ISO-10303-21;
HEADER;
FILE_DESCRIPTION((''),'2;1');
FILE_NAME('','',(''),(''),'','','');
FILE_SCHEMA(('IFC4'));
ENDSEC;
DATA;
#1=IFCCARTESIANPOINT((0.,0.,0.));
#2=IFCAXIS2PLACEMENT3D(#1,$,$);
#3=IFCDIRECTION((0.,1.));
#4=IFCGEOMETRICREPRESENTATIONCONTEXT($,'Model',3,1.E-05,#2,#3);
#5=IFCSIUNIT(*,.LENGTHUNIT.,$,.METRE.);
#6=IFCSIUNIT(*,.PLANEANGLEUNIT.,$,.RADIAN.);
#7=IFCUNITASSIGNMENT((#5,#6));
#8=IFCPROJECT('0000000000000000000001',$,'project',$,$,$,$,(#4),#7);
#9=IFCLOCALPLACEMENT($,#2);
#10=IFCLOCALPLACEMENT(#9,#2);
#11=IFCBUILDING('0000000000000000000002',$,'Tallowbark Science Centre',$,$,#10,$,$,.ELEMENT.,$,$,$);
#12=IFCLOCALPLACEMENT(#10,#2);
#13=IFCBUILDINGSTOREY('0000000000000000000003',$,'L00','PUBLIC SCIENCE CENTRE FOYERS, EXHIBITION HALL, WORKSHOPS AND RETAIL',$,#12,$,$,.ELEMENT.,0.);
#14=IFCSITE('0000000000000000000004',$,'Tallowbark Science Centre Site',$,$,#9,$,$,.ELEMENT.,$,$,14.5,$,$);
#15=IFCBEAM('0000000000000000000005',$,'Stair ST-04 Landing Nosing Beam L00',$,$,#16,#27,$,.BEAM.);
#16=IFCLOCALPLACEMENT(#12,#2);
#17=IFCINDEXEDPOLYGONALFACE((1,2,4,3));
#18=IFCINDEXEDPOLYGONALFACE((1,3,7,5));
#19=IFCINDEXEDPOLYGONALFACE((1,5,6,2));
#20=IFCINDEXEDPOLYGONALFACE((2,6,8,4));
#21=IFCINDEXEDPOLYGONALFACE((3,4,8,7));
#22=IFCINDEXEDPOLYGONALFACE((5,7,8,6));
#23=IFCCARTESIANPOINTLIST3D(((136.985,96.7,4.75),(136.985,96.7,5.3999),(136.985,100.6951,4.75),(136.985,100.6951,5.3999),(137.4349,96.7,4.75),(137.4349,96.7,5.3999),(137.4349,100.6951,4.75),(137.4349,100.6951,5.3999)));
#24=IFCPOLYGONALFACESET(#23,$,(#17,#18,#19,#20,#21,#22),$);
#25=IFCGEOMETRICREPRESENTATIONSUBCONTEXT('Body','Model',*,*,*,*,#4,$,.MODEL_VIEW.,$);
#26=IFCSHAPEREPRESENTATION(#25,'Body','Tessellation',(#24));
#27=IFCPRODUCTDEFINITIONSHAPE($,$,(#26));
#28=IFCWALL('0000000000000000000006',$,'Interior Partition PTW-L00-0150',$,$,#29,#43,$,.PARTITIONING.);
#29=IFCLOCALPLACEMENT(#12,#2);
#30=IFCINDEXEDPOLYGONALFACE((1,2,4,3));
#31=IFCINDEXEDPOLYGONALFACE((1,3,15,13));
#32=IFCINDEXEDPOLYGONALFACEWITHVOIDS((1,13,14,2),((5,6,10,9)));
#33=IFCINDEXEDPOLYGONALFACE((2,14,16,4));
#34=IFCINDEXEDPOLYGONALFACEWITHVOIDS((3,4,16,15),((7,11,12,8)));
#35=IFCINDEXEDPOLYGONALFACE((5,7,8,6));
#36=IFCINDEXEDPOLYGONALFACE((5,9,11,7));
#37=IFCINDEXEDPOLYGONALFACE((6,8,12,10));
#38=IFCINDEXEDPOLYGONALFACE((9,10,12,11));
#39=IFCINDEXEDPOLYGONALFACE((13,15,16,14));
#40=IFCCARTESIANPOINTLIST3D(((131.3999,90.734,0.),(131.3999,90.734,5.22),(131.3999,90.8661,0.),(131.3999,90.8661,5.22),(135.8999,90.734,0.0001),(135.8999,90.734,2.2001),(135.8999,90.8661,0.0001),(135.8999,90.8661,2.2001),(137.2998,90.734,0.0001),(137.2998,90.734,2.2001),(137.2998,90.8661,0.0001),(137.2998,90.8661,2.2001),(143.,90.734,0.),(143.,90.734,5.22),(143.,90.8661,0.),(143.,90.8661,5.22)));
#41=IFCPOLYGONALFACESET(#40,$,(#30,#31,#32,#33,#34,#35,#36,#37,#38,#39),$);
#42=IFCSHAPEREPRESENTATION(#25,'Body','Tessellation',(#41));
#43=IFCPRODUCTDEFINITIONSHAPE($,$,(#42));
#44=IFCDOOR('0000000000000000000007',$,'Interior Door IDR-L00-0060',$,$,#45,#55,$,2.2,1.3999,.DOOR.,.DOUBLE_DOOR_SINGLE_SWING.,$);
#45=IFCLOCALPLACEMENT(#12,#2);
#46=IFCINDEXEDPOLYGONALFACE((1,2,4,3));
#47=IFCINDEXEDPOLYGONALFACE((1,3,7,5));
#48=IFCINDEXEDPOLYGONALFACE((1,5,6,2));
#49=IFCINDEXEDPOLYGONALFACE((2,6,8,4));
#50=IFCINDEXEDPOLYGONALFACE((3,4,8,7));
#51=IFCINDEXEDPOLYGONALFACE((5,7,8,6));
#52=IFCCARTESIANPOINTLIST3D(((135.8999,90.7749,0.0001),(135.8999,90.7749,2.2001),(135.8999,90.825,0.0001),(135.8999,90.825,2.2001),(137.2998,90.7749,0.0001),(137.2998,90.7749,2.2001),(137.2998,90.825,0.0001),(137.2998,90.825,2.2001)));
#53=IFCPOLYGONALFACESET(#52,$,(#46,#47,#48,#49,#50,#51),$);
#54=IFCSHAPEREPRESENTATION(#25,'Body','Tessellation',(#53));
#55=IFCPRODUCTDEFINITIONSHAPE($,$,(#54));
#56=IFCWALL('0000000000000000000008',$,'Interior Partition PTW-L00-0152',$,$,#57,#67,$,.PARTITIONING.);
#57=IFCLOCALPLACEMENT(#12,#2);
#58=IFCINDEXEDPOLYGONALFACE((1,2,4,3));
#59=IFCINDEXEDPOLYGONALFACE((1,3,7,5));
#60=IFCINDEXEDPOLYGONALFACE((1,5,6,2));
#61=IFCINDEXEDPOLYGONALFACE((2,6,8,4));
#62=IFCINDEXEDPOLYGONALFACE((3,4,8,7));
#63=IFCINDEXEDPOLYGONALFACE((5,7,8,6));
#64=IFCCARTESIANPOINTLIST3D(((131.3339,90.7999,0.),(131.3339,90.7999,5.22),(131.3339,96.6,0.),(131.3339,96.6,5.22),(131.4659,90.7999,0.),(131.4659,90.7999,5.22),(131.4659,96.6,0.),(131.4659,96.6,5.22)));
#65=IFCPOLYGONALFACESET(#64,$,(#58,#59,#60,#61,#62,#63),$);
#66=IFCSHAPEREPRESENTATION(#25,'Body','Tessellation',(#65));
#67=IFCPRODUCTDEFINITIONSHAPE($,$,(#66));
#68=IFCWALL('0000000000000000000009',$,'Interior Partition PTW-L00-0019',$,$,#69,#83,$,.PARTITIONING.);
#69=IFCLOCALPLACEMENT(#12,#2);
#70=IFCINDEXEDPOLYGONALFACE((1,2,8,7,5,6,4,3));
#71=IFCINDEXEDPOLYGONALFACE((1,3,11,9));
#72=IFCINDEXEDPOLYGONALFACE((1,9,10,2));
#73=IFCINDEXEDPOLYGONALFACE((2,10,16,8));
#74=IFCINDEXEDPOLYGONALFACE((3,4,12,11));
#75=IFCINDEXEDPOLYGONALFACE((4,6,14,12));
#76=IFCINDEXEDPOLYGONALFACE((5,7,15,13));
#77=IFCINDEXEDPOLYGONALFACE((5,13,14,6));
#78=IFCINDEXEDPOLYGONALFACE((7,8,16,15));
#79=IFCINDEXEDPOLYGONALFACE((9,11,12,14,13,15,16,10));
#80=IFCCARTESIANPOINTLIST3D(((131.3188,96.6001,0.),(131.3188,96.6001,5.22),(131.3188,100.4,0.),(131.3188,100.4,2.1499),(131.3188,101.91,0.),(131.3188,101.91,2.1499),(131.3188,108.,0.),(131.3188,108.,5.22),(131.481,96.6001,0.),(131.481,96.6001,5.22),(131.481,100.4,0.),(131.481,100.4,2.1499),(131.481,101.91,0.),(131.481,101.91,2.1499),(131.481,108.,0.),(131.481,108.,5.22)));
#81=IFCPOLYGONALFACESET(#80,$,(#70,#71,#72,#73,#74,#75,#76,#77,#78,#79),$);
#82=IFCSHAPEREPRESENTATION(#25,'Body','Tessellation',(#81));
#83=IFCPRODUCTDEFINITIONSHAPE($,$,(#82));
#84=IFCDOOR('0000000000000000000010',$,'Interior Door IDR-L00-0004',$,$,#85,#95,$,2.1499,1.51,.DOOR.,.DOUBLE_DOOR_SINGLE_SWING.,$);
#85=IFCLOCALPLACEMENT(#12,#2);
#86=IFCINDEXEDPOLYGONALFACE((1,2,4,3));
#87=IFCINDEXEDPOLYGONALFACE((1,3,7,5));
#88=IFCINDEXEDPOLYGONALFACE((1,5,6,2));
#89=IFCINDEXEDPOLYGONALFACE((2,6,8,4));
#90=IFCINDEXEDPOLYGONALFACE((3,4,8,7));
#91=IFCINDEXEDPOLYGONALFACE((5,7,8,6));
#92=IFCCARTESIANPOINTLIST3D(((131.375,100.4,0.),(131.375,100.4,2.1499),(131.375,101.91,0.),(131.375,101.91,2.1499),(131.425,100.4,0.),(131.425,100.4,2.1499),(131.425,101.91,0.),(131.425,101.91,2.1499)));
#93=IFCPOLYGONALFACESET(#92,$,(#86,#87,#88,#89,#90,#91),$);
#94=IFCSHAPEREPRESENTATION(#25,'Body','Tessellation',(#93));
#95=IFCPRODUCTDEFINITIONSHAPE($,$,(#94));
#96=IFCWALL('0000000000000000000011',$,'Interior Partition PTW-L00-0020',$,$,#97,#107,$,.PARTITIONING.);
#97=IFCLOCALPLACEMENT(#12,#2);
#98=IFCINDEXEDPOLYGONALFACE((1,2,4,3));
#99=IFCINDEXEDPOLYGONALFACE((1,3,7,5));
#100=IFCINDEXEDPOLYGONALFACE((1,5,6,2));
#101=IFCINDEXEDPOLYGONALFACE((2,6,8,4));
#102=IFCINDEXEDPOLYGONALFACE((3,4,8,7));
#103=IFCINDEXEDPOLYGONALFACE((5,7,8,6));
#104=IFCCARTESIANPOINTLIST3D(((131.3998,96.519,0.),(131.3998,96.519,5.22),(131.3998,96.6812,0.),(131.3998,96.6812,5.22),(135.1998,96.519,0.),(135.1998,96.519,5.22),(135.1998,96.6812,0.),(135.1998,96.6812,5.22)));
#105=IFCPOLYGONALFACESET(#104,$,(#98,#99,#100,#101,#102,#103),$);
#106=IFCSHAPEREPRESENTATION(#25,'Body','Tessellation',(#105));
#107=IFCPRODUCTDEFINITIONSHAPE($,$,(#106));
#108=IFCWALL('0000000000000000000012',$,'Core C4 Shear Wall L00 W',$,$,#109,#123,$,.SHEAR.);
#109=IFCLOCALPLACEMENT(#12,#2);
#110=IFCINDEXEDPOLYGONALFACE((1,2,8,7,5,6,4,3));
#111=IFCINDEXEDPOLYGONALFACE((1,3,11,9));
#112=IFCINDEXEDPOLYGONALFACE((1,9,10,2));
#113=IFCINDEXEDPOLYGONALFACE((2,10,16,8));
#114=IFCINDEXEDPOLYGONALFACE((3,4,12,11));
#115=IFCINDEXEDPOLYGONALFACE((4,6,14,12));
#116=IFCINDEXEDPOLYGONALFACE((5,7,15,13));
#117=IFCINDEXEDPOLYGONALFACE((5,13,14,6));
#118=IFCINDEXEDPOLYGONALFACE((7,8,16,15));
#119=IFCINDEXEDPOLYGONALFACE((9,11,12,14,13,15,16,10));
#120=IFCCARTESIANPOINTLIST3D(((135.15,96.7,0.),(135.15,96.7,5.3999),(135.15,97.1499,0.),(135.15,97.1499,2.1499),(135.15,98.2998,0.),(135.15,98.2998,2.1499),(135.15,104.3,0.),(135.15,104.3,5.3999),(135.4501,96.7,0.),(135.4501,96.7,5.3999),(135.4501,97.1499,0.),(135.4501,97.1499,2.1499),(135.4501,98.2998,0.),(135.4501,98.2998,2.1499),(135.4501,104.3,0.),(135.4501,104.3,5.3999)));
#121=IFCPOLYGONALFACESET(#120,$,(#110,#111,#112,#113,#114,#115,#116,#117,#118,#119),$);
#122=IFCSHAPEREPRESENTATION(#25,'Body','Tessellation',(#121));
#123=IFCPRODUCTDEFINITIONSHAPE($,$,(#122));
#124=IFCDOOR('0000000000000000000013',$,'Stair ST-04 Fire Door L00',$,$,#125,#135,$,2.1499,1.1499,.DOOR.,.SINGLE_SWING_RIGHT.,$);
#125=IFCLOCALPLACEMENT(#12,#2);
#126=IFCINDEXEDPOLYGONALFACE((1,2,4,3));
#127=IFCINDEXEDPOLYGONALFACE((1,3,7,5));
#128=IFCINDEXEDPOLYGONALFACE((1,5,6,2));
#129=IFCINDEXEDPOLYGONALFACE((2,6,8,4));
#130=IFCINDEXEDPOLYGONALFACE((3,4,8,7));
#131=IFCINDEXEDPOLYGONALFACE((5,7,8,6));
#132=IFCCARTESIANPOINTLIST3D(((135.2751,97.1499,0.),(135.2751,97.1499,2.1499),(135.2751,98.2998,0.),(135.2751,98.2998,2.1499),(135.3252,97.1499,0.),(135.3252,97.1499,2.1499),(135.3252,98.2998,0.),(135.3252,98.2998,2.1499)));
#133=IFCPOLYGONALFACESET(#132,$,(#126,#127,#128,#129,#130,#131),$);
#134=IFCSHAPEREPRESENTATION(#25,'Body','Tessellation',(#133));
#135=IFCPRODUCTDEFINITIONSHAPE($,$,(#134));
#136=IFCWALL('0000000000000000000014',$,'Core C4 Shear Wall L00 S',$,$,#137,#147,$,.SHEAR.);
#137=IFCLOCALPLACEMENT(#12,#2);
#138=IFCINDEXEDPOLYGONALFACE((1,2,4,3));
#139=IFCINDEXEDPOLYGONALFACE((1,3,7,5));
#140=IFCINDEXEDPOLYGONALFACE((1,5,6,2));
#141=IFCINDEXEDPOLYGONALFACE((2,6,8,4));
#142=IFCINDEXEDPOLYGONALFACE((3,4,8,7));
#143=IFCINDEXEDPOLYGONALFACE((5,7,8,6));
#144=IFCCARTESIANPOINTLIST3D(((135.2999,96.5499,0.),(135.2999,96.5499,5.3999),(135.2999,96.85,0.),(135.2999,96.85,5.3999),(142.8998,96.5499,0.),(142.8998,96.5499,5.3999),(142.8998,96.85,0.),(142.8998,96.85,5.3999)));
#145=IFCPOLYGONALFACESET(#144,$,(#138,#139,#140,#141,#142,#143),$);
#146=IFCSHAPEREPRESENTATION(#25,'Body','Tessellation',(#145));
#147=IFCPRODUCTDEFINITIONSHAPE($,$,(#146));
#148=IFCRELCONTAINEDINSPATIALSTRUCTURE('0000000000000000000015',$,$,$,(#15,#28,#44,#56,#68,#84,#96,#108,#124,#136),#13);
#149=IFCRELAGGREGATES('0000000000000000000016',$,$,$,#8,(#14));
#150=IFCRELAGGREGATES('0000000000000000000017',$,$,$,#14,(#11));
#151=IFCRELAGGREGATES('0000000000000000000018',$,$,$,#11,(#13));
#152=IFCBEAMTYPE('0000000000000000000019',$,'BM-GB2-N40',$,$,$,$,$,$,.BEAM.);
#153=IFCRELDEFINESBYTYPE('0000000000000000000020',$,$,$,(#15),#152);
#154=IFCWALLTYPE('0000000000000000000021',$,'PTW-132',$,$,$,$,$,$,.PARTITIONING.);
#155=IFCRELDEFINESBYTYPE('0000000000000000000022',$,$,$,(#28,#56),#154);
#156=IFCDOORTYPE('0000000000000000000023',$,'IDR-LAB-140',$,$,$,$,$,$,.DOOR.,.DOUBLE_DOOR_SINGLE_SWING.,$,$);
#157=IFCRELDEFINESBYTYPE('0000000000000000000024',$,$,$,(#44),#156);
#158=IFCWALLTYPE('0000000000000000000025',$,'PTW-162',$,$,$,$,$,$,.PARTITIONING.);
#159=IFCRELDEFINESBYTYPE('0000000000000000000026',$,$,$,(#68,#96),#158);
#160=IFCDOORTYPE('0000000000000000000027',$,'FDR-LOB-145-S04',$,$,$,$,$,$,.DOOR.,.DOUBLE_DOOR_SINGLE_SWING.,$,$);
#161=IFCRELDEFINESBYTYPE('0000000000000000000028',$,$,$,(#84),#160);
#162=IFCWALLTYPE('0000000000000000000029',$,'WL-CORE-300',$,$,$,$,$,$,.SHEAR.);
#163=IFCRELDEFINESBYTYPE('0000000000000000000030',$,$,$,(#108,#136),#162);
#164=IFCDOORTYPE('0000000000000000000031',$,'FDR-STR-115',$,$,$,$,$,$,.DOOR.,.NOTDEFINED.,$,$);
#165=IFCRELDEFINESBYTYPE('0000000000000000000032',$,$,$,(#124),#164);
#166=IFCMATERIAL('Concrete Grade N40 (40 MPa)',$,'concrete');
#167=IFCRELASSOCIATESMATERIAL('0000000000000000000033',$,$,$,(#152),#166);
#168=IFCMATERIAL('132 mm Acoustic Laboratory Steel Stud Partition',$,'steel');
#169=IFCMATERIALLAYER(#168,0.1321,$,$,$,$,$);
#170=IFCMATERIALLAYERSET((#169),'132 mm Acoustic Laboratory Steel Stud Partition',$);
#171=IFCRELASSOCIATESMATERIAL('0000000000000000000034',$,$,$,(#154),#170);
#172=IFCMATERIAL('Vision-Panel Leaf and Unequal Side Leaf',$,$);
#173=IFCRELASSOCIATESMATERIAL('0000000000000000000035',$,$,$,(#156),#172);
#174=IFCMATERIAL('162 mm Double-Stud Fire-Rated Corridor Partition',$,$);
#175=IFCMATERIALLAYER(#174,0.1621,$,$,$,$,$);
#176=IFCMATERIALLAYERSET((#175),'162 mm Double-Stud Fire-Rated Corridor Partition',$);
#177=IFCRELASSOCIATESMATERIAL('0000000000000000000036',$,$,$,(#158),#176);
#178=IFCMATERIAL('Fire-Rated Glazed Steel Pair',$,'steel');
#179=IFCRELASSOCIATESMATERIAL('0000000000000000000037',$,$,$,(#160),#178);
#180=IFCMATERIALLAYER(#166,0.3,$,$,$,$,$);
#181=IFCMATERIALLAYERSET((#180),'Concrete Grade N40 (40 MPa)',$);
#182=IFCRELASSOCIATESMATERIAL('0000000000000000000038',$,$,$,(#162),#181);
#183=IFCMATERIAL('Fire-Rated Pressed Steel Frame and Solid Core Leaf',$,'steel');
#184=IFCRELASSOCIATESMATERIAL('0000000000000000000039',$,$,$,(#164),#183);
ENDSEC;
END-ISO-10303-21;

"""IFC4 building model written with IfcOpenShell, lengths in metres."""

from ifc_helpers import new_model, si_unit, direction, frame, frame_2d, origin, origin_2d, place, context, subcontext, project, spatial, rectangle, extrude, material, layer, layer_set, material_profile, profile_set, type_object, element, fill, save


model = new_model("IFC4")

# Units and contexts
model_context = context("Model", 3, precision=1e-05, world=origin(), true_north=direction((0.0, 1.0)))
body_context = subcontext(model_context, "Body", "Model", "MODEL_VIEW")
ifc_project = project(units=[si_unit("LENGTHUNIT", "METRE"), si_unit("PLANEANGLEUNIT", "RADIAN")], contexts=[model_context])

# Site, building, storey
site_placement = place(None, origin())
site = spatial("IfcSite", under=ifc_project, at=site_placement, Name="Tallowbark Science Centre Site", CompositionType="ELEMENT", RefElevation=14.5)
building_placement = place(site_placement, origin())
building = spatial("IfcBuilding", under=site, at=building_placement, Name="Tallowbark Science Centre", CompositionType="ELEMENT")
storey_placement = place(building_placement, origin())
storey = spatial("IfcBuildingStorey", under=building, at=storey_placement, Name="L00", Description="PUBLIC SCIENCE CENTRE FOYERS, EXHIBITION HALL, WORKSHOPS AND RETAIL", CompositionType="ELEMENT", Elevation=0.0)

# Beam
ifc_material_1 = material(Name="Concrete Grade N40 (40 MPa)", Category="concrete")
ifc_material_profile = material_profile(ifc_material_1, rectangle(XDim=0.45, YDim=0.6499, at=origin_2d()), Name="RC450x650")
ifc_profile_set = profile_set([ifc_material_profile], Name="Concrete Grade N40 (40 MPa)")
beam_type = type_object("IfcBeamType", Name="BM-GB2-N40", PredefinedType="BEAM", material=ifc_profile_set)
beam_placement = place(storey_placement, frame((137.21, 96.7, 5.075), z_axis=(0.0, 1.0, 0.0), x_axis=(-1.0, 0.0, 0.0)))
element("IfcBeam", 1, at=beam_placement, inside=storey, type_object=beam_type, Name="Stair ST-04 Landing Nosing Beam L00", PredefinedType="BEAM", context=body_context, shape_type="SweptSolid", body=[
    extrude(rectangle(XDim=0.45, YDim=0.6499, at=origin_2d()), origin(), (0.0, 0.0, 1.0), 3.9951),
])

# Wall, opening, door
ifc_material_2 = material(Name="132 mm Acoustic Laboratory Steel Stud Partition", Category="steel")
ifc_layer_1 = layer(ifc_material_2, 0.1321)
ifc_layer_set_1 = layer_set([ifc_layer_1], Name="132 mm Acoustic Laboratory Steel Stud Partition")
wall_type_1 = type_object("IfcWallType", Name="PTW-132", PredefinedType="PARTITIONING", material=ifc_layer_set_1)
wall_1_placement = place(storey_placement, frame((131.3999, 90.8, 0.0), z_axis=(0.0, 0.0, 1.0), x_axis=(1.0, 0.0, 0.0)))
wall_1 = element("IfcWall", 2, at=wall_1_placement, inside=storey, type_object=wall_type_1, Name="Interior Partition PTW-L00-0150", PredefinedType="PARTITIONING", context=body_context, shape_type="SweptSolid", body=[
    extrude(rectangle(XDim=11.6001, YDim=0.1321, at=frame_2d((5.8, 0.0))), origin(), (0.0, 0.0, 1.0), 5.22),
])
opening_1_placement = place(wall_1_placement, frame((4.5, 0.0, 0.0)))
opening_1 = element("IfcOpeningElement", 3, at=opening_1_placement, cuts=wall_1, PredefinedType="OPENING", context=body_context, shape_type="SweptSolid", body=[
    extrude(rectangle(XDim=1.3999, YDim=2.2, at=frame_2d((0.7, 1.1001))), frame((0.0, 0.0762, 0.0), z_axis=(0.0, -1.0, 0.0), x_axis=(1.0, 0.0, 0.0)), (0.0, 0.0, 1.0), 0.1521),
])
ifc_material_3 = material(Name="Vision-Panel Leaf and Unequal Side Leaf")
door_type_1 = type_object("IfcDoorType", Name="IDR-LAB-140", OperationType="DOUBLE_DOOR_SINGLE_SWING", PredefinedType="DOOR", material=ifc_material_3)
door_1_placement = place(opening_1_placement, origin())
door_1 = element("IfcDoor", 4, at=door_1_placement, inside=storey, type_object=door_type_1, Name="Interior Door IDR-L00-0060", OperationType="DOUBLE_DOOR_SINGLE_SWING", OverallHeight=2.2, OverallWidth=1.3999, PredefinedType="DOOR", context=body_context, shape_type="SweptSolid", body=[
    extrude(rectangle(XDim=1.3999, YDim=2.2, at=frame_2d((0.7, 1.1001))), frame((0.0, 0.0249, 0.0), z_axis=(0.0, -1.0, 0.0), x_axis=(1.0, 0.0, 0.0)), (0.0, 0.0, 1.0), 0.05),
])
fill(opening_1, door_1)

# Wall
wall_2_placement = place(storey_placement, frame((131.3999, 90.8, 0.0), z_axis=(0.0, 0.0, 1.0), x_axis=(0.0, 1.0, 0.0)))
element("IfcWall", 5, at=wall_2_placement, inside=storey, type_object=wall_type_1, Name="Interior Partition PTW-L00-0152", PredefinedType="PARTITIONING", context=body_context, shape_type="SweptSolid", body=[
    extrude(rectangle(XDim=5.8, YDim=0.1321, at=frame_2d((2.8999, 0.0))), origin(), (0.0, 0.0, 1.0), 5.22),
])

# Wall, opening, door
ifc_material_4 = material(Name="162 mm Double-Stud Fire-Rated Corridor Partition")
ifc_layer_2 = layer(ifc_material_4, 0.1621)
ifc_layer_set_2 = layer_set([ifc_layer_2], Name="162 mm Double-Stud Fire-Rated Corridor Partition")
wall_type_2 = type_object("IfcWallType", Name="PTW-162", PredefinedType="PARTITIONING", material=ifc_layer_set_2)
wall_3_placement = place(storey_placement, frame((131.3999, 96.6001, 0.0), z_axis=(0.0, 0.0, 1.0), x_axis=(0.0, 1.0, 0.0)))
wall_3 = element("IfcWall", 6, at=wall_3_placement, inside=storey, type_object=wall_type_2, Name="Interior Partition PTW-L00-0019", PredefinedType="PARTITIONING", context=body_context, shape_type="SweptSolid", body=[
    extrude(rectangle(XDim=11.3999, YDim=0.1621, at=frame_2d((5.7, 0.0))), origin(), (0.0, 0.0, 1.0), 5.22),
])
opening_2_placement = place(wall_3_placement, frame((3.8, 0.0, 0.0)))
opening_2 = element("IfcOpeningElement", 7, at=opening_2_placement, cuts=wall_3, PredefinedType="OPENING", context=body_context, shape_type="SweptSolid", body=[
    extrude(rectangle(XDim=1.51, YDim=2.1499, at=frame_2d((0.7549, 1.075))), frame((0.0, 0.0911, 0.0), z_axis=(0.0, -1.0, 0.0), x_axis=(1.0, 0.0, 0.0)), (0.0, 0.0, 1.0), 0.1821),
])
ifc_material_5 = material(Name="Fire-Rated Glazed Steel Pair", Category="steel")
door_type_2 = type_object("IfcDoorType", Name="FDR-LOB-145-S04", OperationType="DOUBLE_DOOR_SINGLE_SWING", PredefinedType="DOOR", material=ifc_material_5)
door_2_placement = place(opening_2_placement, origin())
door_2 = element("IfcDoor", 8, at=door_2_placement, inside=storey, type_object=door_type_2, Name="Interior Door IDR-L00-0004", OperationType="DOUBLE_DOOR_SINGLE_SWING", OverallHeight=2.1499, OverallWidth=1.51, PredefinedType="DOOR", context=body_context, shape_type="SweptSolid", body=[
    extrude(rectangle(XDim=1.51, YDim=2.1499, at=frame_2d((0.7549, 1.075))), frame((0.0, 0.0249, 0.0), z_axis=(0.0, -1.0, 0.0), x_axis=(1.0, 0.0, 0.0)), (0.0, 0.0, 1.0), 0.05),
])
fill(opening_2, door_2)

# Wall
wall_4_placement = place(storey_placement, frame((131.3999, 96.6001, 0.0), z_axis=(0.0, 0.0, 1.0), x_axis=(1.0, 0.0, 0.0)))
element("IfcWall", 9, at=wall_4_placement, inside=storey, type_object=wall_type_2, Name="Interior Partition PTW-L00-0020", PredefinedType="PARTITIONING", context=body_context, shape_type="SweptSolid", body=[
    extrude(rectangle(XDim=3.8, YDim=0.1621, at=frame_2d((1.8999, 0.0))), origin(), (0.0, 0.0, 1.0), 5.22),
])

# Wall, opening, door
ifc_layer_3 = layer(ifc_material_1, 0.3)
ifc_layer_set_3 = layer_set([ifc_layer_3], Name="Concrete Grade N40 (40 MPa)")
wall_type_3 = type_object("IfcWallType", Name="WL-CORE-300", PredefinedType="SHEAR", material=ifc_layer_set_3)
wall_5_placement = place(storey_placement, frame((135.3, 96.7, 0.0), z_axis=(0.0, 0.0, 1.0), x_axis=(0.0, 1.0, 0.0)))
wall_5 = element("IfcWall", 10, at=wall_5_placement, inside=storey, type_object=wall_type_3, Name="Core C4 Shear Wall L00 W", PredefinedType="SHEAR", context=body_context, shape_type="SweptSolid", body=[
    extrude(rectangle(XDim=7.6001, YDim=0.3, at=frame_2d((3.8, 0.0))), origin(), (0.0, 0.0, 1.0), 5.3999),
])
opening_3_placement = place(wall_5_placement, frame((0.45, 0.0, 0.0)))
opening_3 = element("IfcOpeningElement", 11, at=opening_3_placement, cuts=wall_5, PredefinedType="OPENING", context=body_context, shape_type="SweptSolid", body=[
    extrude(rectangle(XDim=1.1499, YDim=2.1499, at=frame_2d((0.575, 1.075))), frame((0.0, 0.1602, 0.0), z_axis=(0.0, -1.0, 0.0), x_axis=(1.0, 0.0, 0.0)), (0.0, 0.0, 1.0), 0.3201),
])
ifc_material_6 = material(Name="Fire-Rated Pressed Steel Frame and Solid Core Leaf", Category="steel")
door_type_3 = type_object("IfcDoorType", Name="FDR-STR-115", OperationType="NOTDEFINED", PredefinedType="DOOR", material=ifc_material_6)
door_3_placement = place(opening_3_placement, origin())
door_3 = element("IfcDoor", 12, at=door_3_placement, inside=storey, type_object=door_type_3, Name="Stair ST-04 Fire Door L00", OperationType="SINGLE_SWING_RIGHT", OverallHeight=2.1499, OverallWidth=1.1499, PredefinedType="DOOR", context=body_context, shape_type="SweptSolid", body=[
    extrude(rectangle(XDim=1.1499, YDim=2.1499, at=frame_2d((0.575, 1.075))), frame((0.0, 0.0249, 0.0), z_axis=(0.0, -1.0, 0.0), x_axis=(1.0, 0.0, 0.0)), (0.0, 0.0, 1.0), 0.05),
])
fill(opening_3, door_3)

# Wall
wall_6_placement = place(storey_placement, frame((135.3, 96.7, 0.0), z_axis=(0.0, 0.0, 1.0), x_axis=(1.0, 0.0, 0.0)))
element("IfcWall", 13, at=wall_6_placement, inside=storey, type_object=wall_type_3, Name="Core C4 Shear Wall L00 S", PredefinedType="SHEAR", context=body_context, shape_type="SweptSolid", body=[
    extrude(rectangle(XDim=7.5999, YDim=0.3, at=frame_2d((3.7998, 0.0))), origin(), (0.0, 0.0, 1.0), 5.3999),
])

save(model, "model.ifc")
